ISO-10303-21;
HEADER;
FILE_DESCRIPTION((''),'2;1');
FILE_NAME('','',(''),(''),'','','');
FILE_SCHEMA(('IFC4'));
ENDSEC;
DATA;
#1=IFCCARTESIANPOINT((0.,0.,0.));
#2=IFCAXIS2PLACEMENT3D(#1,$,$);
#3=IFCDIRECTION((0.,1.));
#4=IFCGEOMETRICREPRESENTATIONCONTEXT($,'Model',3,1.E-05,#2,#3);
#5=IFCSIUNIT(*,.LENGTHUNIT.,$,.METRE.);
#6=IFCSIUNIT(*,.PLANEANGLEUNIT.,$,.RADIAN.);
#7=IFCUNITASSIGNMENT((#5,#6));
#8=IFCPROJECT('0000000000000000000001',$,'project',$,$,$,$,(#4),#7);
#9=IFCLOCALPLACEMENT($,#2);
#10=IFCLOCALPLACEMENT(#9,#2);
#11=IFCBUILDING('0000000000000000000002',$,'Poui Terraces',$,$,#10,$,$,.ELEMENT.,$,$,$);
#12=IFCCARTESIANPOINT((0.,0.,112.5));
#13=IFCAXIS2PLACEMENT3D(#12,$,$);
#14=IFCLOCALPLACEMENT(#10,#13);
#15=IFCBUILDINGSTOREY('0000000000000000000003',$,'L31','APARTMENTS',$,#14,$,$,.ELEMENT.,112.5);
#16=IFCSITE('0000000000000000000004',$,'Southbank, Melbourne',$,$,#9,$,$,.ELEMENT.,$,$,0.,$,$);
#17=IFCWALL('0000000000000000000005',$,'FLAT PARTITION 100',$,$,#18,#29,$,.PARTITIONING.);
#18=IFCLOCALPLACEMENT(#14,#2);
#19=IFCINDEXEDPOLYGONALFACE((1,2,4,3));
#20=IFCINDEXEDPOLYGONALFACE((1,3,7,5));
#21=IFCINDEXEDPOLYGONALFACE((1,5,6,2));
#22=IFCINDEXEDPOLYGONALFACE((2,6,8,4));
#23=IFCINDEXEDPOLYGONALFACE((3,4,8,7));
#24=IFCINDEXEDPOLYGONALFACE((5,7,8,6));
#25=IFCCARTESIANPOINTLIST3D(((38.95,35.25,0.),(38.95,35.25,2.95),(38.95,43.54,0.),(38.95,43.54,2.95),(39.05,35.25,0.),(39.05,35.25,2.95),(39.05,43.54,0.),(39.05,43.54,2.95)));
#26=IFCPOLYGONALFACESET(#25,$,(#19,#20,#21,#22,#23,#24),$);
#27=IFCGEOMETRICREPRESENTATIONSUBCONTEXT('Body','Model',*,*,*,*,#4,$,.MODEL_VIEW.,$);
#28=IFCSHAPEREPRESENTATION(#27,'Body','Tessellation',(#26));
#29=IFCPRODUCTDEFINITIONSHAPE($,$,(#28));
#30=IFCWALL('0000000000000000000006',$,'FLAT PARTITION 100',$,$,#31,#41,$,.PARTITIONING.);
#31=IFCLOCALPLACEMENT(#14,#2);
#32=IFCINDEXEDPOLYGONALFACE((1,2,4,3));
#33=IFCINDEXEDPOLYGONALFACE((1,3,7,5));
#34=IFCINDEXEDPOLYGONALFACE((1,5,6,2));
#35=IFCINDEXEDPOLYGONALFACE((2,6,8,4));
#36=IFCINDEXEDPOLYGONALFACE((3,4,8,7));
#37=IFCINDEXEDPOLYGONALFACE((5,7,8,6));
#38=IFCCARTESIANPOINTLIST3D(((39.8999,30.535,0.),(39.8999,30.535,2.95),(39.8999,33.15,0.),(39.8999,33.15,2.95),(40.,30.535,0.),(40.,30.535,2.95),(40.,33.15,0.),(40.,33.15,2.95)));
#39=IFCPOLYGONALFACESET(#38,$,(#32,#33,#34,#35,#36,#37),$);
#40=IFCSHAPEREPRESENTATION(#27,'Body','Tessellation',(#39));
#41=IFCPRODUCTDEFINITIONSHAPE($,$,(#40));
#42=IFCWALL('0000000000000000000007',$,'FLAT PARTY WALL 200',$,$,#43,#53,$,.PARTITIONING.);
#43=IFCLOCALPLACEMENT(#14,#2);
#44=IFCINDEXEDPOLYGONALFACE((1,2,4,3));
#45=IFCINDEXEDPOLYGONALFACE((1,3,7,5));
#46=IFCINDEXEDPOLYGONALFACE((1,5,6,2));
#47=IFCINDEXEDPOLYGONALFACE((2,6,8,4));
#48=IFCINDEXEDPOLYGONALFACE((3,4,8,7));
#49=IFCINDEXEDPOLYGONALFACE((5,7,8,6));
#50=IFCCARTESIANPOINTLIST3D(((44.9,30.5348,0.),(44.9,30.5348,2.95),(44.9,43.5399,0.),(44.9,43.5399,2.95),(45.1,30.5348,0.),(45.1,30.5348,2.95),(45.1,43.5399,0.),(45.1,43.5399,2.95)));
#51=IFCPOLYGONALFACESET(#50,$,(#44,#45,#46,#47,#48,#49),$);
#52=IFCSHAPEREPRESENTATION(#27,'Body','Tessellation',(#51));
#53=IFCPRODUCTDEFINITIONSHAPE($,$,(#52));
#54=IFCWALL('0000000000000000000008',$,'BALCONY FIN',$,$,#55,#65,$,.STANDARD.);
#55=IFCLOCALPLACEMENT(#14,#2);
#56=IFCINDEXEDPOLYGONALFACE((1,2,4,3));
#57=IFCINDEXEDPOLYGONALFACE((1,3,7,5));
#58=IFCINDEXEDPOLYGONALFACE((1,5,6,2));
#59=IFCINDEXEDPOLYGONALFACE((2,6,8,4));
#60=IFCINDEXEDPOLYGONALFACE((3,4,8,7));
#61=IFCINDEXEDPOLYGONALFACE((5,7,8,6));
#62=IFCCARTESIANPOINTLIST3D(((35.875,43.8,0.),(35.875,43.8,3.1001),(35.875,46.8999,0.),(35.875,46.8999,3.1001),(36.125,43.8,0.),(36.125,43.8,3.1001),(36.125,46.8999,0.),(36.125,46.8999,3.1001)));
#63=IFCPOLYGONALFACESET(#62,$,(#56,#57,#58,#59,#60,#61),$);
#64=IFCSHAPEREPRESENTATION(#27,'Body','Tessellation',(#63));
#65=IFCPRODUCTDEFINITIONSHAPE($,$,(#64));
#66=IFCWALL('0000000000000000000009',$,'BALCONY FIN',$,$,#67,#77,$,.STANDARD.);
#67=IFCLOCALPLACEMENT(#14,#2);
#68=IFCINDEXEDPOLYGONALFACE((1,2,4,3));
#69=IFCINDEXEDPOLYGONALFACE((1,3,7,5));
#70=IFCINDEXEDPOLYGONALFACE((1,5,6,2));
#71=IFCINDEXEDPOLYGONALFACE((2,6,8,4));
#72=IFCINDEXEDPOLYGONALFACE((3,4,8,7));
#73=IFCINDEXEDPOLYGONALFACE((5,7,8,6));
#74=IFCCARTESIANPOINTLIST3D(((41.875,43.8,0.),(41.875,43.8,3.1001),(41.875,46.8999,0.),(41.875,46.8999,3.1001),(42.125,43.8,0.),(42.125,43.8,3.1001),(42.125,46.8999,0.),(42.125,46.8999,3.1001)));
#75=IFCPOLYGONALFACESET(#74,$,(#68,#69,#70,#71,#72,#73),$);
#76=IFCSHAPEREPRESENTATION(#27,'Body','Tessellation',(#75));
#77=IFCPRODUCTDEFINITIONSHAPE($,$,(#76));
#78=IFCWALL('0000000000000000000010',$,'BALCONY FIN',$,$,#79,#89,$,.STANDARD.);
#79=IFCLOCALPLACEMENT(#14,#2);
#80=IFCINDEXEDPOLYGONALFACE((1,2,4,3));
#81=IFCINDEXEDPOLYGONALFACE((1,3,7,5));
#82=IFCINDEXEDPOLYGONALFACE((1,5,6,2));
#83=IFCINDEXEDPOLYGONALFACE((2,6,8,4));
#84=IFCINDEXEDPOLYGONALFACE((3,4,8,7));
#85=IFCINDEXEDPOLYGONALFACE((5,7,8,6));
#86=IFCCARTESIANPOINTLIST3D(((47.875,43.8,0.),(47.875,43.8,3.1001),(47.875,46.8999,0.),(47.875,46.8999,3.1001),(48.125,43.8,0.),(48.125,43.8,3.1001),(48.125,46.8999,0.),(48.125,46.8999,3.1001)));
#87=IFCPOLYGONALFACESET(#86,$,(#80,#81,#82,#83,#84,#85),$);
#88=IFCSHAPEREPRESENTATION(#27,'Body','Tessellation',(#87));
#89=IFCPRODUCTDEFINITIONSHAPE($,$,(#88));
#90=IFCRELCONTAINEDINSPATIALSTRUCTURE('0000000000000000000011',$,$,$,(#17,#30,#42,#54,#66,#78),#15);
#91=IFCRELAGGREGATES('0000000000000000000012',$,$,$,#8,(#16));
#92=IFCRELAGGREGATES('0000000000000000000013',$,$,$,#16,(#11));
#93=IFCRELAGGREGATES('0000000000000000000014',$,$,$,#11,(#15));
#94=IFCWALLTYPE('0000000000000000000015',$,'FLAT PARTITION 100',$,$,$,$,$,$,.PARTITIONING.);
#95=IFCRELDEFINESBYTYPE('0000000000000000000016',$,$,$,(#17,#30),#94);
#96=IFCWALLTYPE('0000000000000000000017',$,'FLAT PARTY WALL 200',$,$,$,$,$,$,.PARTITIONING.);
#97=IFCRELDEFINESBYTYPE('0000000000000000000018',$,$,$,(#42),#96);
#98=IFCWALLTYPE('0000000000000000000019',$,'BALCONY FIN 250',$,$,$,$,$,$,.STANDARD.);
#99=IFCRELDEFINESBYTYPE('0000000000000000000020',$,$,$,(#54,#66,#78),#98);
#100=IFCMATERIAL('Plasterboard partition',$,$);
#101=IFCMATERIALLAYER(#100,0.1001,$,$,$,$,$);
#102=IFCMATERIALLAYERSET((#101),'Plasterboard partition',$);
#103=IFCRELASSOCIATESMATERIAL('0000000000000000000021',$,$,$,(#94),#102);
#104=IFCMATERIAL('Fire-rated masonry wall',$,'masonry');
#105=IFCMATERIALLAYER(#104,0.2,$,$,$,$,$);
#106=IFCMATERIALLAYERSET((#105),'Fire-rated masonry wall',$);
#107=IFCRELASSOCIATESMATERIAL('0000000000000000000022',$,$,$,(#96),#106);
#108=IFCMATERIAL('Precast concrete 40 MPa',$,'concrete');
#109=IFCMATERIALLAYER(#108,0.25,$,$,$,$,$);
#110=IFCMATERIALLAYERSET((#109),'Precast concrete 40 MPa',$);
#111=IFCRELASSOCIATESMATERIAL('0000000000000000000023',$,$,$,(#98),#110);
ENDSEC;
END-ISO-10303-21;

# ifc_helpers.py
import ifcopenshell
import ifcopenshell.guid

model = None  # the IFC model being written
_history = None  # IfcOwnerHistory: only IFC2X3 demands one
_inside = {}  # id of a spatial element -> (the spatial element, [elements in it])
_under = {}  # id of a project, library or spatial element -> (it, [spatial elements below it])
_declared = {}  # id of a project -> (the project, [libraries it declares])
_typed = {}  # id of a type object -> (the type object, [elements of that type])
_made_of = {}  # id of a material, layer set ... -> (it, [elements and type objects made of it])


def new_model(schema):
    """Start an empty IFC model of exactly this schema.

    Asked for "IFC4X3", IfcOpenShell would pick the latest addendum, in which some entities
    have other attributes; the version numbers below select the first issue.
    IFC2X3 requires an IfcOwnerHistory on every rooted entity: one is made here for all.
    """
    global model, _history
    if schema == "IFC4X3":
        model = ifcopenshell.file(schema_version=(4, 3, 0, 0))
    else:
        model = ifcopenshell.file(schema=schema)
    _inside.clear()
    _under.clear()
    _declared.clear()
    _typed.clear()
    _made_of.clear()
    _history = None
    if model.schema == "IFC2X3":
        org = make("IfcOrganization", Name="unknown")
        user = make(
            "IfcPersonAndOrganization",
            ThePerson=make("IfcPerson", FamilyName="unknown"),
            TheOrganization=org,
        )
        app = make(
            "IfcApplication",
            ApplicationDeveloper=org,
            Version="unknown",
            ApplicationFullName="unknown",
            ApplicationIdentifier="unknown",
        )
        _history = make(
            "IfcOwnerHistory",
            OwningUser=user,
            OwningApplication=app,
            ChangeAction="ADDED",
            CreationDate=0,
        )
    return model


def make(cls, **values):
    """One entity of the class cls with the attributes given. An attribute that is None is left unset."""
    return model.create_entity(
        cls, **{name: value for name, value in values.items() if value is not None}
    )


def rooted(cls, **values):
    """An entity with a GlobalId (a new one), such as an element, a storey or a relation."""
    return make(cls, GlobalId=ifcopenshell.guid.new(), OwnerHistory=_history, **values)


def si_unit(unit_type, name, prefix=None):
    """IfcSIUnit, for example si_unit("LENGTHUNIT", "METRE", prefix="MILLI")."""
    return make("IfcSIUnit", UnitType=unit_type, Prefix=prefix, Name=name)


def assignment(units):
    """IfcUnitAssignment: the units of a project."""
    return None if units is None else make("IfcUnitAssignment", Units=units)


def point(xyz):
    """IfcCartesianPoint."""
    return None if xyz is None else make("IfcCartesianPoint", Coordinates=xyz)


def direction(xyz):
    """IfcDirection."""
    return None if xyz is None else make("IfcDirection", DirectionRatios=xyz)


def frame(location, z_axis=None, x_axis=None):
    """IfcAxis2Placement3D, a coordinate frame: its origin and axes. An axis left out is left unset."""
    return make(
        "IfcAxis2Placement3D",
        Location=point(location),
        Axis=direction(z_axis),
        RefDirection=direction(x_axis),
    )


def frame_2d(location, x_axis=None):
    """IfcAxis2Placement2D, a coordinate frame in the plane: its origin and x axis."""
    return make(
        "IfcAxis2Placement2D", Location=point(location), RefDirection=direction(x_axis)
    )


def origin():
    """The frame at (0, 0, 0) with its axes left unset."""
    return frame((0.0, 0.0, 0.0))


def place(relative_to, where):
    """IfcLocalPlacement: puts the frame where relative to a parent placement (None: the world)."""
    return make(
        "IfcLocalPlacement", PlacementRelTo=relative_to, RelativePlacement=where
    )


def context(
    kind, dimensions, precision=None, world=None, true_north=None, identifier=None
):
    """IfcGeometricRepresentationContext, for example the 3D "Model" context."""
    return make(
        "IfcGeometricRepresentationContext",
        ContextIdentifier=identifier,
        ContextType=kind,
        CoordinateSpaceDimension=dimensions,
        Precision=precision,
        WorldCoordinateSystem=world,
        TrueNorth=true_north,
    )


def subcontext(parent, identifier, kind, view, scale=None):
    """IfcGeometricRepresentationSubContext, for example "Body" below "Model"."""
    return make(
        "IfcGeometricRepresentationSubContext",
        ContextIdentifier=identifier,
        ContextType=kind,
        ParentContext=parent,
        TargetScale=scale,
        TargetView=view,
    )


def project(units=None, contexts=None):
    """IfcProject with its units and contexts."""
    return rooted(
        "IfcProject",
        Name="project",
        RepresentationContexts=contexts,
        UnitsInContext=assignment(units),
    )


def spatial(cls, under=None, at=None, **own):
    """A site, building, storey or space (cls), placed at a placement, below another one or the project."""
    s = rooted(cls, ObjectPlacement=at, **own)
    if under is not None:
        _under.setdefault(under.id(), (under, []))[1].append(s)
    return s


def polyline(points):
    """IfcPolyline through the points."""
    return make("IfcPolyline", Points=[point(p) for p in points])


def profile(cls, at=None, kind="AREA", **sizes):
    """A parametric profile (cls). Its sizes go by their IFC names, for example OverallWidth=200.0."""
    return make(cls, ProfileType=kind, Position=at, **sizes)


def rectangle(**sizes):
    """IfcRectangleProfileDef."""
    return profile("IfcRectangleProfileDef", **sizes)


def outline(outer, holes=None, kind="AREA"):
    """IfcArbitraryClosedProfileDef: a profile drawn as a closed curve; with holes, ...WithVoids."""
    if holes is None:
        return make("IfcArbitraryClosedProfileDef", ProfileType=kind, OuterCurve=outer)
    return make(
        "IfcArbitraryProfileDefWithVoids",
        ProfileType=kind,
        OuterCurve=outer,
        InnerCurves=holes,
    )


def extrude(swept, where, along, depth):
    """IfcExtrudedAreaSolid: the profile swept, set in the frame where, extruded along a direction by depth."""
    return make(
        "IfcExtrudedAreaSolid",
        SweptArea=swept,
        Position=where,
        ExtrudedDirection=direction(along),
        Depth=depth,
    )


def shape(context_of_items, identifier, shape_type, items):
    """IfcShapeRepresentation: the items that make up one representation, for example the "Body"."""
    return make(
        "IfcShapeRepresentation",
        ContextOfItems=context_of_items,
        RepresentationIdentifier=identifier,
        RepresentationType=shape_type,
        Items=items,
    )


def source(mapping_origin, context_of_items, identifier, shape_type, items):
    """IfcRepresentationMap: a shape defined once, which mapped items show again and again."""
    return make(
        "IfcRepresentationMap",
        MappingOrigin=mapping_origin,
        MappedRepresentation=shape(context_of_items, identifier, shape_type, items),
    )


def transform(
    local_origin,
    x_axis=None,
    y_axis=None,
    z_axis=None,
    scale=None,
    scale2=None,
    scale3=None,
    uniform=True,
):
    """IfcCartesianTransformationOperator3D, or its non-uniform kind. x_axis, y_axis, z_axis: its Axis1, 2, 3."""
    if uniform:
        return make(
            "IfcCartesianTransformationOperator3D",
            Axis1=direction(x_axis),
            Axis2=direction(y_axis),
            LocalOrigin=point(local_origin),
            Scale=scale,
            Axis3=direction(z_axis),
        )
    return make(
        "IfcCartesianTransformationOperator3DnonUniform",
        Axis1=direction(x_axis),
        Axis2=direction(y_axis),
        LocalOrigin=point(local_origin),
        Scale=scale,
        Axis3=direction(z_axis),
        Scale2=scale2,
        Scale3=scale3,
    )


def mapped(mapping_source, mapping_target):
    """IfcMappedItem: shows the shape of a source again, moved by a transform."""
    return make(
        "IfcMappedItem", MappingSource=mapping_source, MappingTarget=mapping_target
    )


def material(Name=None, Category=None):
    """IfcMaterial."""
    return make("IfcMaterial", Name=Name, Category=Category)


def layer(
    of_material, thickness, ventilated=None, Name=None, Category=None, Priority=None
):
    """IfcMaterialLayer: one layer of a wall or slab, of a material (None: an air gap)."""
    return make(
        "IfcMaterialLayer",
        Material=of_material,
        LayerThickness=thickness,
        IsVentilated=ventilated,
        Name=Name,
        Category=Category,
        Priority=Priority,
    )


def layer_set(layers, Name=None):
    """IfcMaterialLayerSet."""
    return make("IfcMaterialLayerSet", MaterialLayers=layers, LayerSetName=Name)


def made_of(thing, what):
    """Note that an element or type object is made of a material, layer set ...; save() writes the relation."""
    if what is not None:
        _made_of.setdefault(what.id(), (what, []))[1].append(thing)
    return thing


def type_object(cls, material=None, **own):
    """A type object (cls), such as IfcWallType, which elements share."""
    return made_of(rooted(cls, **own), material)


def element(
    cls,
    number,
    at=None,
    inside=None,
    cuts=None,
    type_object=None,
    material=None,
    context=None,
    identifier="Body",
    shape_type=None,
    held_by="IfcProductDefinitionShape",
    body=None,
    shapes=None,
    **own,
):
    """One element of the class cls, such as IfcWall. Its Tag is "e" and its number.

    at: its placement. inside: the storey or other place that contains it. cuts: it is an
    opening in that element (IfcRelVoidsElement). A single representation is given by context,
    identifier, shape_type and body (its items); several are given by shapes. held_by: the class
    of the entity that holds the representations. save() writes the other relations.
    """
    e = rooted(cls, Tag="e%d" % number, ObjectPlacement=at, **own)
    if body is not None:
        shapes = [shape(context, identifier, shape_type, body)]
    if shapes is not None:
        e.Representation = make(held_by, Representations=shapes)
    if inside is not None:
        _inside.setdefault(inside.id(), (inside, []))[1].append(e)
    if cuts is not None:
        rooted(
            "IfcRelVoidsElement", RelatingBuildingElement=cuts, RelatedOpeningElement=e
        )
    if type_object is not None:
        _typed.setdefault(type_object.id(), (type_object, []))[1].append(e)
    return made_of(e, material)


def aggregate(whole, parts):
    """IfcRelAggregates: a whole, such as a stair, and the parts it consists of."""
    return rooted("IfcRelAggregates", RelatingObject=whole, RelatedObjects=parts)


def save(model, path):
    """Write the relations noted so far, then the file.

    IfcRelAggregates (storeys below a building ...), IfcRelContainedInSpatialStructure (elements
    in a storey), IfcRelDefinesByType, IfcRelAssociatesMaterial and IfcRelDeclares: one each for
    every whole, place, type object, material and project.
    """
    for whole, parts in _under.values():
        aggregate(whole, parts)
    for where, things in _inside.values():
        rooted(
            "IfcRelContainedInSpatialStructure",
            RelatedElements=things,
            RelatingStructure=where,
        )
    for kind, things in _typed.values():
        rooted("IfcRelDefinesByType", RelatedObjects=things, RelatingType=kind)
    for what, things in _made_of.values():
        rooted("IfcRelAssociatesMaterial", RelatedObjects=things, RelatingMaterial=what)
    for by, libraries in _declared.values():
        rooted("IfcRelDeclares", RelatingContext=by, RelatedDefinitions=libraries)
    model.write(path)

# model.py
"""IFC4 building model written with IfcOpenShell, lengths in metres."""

from ifc_helpers import new_model, si_unit, direction, frame, frame_2d, origin, place, context, subcontext, project, spatial, polyline, rectangle, outline, extrude, source, transform, mapped, material, layer, layer_set, type_object, element, save


model = new_model("IFC4")

# Units and contexts
model_context = context("Model", 3, precision=1e-05, world=origin(), true_north=direction((0.0, 1.0)))
body_context = subcontext(model_context, "Body", "Model", "MODEL_VIEW")
ifc_project = project(units=[si_unit("LENGTHUNIT", "METRE"), si_unit("PLANEANGLEUNIT", "RADIAN")], contexts=[model_context])

# Site, building, storey
site_placement = place(None, origin())
site = spatial("IfcSite", under=ifc_project, at=site_placement, Name="Southbank, Melbourne", CompositionType="ELEMENT", RefElevation=0.0)
building_placement = place(site_placement, origin())
building = spatial("IfcBuilding", under=site, at=building_placement, Name="Poui Terraces", CompositionType="ELEMENT")
storey_placement = place(building_placement, frame((0.0, 0.0, 112.5)))
storey = spatial("IfcBuildingStorey", under=building, at=storey_placement, Name="L31", Description="APARTMENTS", CompositionType="ELEMENT", Elevation=112.5)

# Shared definitions
ifc_material_1 = material(Name="Plasterboard partition")
ifc_layer_1 = layer(ifc_material_1, 0.1001)
ifc_layer_set_1 = layer_set([ifc_layer_1], Name="Plasterboard partition")
wall_type_1 = type_object("IfcWallType", Name="FLAT PARTITION 100", PredefinedType="PARTITIONING", material=ifc_layer_set_1)

# Walls
wall_1_placement = place(storey_placement, frame((39.0, 35.25, 0.0), z_axis=(0.0, 0.0, 1.0), x_axis=(0.0, 1.0, 0.0)))
element("IfcWall", 1, at=wall_1_placement, inside=storey, type_object=wall_type_1, Name="FLAT PARTITION 100", PredefinedType="PARTITIONING", context=body_context, shape_type="SweptSolid", body=[
    extrude(rectangle(XDim=8.29, YDim=0.1001, at=frame_2d((4.145, 0.0))), origin(), (0.0, 0.0, 1.0), 2.95),
])
wall_2_placement = place(storey_placement, frame((39.95, 30.5349, 0.0), z_axis=(0.0, 0.0, 1.0), x_axis=(0.0, 1.0, 0.0)))
element("IfcWall", 2, at=wall_2_placement, inside=storey, type_object=wall_type_1, Name="FLAT PARTITION 100", PredefinedType="PARTITIONING", context=body_context, shape_type="SweptSolid", body=[
    extrude(rectangle(XDim=2.615, YDim=0.1001, at=frame_2d((1.3076, 0.0))), origin(), (0.0, 0.0, 1.0), 2.95),
])
ifc_material_2 = material(Name="Fire-rated masonry wall", Category="masonry")
ifc_layer_2 = layer(ifc_material_2, 0.2)
ifc_layer_set_2 = layer_set([ifc_layer_2], Name="Fire-rated masonry wall")
wall_type_2 = type_object("IfcWallType", Name="FLAT PARTY WALL 200", PredefinedType="PARTITIONING", material=ifc_layer_set_2)
wall_3_placement = place(storey_placement, frame((45.0, 30.5349, 0.0), z_axis=(0.0, 0.0, 1.0), x_axis=(0.0, 1.0, 0.0)))
element("IfcWall", 3, at=wall_3_placement, inside=storey, type_object=wall_type_2, Name="FLAT PARTY WALL 200", PredefinedType="PARTITIONING", context=body_context, shape_type="SweptSolid", body=[
    extrude(rectangle(XDim=13.0051, YDim=0.2, at=frame_2d((6.5024, 0.0))), origin(), (0.0, 0.0, 1.0), 2.95),
])
ifc_material_3 = material(Name="Precast concrete 40 MPa", Category="concrete")
ifc_layer_3 = layer(ifc_material_3, 0.25)
ifc_layer_set_3 = layer_set([ifc_layer_3], Name="Precast concrete 40 MPa")
wall_type_3 = type_object("IfcWallType", Name="BALCONY FIN 250", PredefinedType="STANDARD", material=ifc_layer_set_3)
shared_shape_1 = source(origin(), body_context, "Body", "SweptSolid", [
    extrude(outline(polyline([(0.0, 0.0), (0.25, 0.0), (0.25, 3.0999), (0.0, 3.0999), (0.0, 0.0)])), origin(), (0.0, 0.0, 1.0), 3.1001),
])
for number, where, name in (
    (4, (35.875, 43.8, 0.0), "BALCONY FIN"),
    (5, (41.875, 43.8, 0.0), "BALCONY FIN"),
    (6, (47.875, 43.8, 0.0), "BALCONY FIN"),
):
    element("IfcWall", number, at=place(storey_placement, frame(where)), inside=storey, type_object=wall_type_3, Name=name, PredefinedType="STANDARD", context=body_context, shape_type="MappedRepresentation", body=[
        mapped(shared_shape_1, transform((0.0, 0.0, 0.0))),
    ])

save(model, "model.ifc")
